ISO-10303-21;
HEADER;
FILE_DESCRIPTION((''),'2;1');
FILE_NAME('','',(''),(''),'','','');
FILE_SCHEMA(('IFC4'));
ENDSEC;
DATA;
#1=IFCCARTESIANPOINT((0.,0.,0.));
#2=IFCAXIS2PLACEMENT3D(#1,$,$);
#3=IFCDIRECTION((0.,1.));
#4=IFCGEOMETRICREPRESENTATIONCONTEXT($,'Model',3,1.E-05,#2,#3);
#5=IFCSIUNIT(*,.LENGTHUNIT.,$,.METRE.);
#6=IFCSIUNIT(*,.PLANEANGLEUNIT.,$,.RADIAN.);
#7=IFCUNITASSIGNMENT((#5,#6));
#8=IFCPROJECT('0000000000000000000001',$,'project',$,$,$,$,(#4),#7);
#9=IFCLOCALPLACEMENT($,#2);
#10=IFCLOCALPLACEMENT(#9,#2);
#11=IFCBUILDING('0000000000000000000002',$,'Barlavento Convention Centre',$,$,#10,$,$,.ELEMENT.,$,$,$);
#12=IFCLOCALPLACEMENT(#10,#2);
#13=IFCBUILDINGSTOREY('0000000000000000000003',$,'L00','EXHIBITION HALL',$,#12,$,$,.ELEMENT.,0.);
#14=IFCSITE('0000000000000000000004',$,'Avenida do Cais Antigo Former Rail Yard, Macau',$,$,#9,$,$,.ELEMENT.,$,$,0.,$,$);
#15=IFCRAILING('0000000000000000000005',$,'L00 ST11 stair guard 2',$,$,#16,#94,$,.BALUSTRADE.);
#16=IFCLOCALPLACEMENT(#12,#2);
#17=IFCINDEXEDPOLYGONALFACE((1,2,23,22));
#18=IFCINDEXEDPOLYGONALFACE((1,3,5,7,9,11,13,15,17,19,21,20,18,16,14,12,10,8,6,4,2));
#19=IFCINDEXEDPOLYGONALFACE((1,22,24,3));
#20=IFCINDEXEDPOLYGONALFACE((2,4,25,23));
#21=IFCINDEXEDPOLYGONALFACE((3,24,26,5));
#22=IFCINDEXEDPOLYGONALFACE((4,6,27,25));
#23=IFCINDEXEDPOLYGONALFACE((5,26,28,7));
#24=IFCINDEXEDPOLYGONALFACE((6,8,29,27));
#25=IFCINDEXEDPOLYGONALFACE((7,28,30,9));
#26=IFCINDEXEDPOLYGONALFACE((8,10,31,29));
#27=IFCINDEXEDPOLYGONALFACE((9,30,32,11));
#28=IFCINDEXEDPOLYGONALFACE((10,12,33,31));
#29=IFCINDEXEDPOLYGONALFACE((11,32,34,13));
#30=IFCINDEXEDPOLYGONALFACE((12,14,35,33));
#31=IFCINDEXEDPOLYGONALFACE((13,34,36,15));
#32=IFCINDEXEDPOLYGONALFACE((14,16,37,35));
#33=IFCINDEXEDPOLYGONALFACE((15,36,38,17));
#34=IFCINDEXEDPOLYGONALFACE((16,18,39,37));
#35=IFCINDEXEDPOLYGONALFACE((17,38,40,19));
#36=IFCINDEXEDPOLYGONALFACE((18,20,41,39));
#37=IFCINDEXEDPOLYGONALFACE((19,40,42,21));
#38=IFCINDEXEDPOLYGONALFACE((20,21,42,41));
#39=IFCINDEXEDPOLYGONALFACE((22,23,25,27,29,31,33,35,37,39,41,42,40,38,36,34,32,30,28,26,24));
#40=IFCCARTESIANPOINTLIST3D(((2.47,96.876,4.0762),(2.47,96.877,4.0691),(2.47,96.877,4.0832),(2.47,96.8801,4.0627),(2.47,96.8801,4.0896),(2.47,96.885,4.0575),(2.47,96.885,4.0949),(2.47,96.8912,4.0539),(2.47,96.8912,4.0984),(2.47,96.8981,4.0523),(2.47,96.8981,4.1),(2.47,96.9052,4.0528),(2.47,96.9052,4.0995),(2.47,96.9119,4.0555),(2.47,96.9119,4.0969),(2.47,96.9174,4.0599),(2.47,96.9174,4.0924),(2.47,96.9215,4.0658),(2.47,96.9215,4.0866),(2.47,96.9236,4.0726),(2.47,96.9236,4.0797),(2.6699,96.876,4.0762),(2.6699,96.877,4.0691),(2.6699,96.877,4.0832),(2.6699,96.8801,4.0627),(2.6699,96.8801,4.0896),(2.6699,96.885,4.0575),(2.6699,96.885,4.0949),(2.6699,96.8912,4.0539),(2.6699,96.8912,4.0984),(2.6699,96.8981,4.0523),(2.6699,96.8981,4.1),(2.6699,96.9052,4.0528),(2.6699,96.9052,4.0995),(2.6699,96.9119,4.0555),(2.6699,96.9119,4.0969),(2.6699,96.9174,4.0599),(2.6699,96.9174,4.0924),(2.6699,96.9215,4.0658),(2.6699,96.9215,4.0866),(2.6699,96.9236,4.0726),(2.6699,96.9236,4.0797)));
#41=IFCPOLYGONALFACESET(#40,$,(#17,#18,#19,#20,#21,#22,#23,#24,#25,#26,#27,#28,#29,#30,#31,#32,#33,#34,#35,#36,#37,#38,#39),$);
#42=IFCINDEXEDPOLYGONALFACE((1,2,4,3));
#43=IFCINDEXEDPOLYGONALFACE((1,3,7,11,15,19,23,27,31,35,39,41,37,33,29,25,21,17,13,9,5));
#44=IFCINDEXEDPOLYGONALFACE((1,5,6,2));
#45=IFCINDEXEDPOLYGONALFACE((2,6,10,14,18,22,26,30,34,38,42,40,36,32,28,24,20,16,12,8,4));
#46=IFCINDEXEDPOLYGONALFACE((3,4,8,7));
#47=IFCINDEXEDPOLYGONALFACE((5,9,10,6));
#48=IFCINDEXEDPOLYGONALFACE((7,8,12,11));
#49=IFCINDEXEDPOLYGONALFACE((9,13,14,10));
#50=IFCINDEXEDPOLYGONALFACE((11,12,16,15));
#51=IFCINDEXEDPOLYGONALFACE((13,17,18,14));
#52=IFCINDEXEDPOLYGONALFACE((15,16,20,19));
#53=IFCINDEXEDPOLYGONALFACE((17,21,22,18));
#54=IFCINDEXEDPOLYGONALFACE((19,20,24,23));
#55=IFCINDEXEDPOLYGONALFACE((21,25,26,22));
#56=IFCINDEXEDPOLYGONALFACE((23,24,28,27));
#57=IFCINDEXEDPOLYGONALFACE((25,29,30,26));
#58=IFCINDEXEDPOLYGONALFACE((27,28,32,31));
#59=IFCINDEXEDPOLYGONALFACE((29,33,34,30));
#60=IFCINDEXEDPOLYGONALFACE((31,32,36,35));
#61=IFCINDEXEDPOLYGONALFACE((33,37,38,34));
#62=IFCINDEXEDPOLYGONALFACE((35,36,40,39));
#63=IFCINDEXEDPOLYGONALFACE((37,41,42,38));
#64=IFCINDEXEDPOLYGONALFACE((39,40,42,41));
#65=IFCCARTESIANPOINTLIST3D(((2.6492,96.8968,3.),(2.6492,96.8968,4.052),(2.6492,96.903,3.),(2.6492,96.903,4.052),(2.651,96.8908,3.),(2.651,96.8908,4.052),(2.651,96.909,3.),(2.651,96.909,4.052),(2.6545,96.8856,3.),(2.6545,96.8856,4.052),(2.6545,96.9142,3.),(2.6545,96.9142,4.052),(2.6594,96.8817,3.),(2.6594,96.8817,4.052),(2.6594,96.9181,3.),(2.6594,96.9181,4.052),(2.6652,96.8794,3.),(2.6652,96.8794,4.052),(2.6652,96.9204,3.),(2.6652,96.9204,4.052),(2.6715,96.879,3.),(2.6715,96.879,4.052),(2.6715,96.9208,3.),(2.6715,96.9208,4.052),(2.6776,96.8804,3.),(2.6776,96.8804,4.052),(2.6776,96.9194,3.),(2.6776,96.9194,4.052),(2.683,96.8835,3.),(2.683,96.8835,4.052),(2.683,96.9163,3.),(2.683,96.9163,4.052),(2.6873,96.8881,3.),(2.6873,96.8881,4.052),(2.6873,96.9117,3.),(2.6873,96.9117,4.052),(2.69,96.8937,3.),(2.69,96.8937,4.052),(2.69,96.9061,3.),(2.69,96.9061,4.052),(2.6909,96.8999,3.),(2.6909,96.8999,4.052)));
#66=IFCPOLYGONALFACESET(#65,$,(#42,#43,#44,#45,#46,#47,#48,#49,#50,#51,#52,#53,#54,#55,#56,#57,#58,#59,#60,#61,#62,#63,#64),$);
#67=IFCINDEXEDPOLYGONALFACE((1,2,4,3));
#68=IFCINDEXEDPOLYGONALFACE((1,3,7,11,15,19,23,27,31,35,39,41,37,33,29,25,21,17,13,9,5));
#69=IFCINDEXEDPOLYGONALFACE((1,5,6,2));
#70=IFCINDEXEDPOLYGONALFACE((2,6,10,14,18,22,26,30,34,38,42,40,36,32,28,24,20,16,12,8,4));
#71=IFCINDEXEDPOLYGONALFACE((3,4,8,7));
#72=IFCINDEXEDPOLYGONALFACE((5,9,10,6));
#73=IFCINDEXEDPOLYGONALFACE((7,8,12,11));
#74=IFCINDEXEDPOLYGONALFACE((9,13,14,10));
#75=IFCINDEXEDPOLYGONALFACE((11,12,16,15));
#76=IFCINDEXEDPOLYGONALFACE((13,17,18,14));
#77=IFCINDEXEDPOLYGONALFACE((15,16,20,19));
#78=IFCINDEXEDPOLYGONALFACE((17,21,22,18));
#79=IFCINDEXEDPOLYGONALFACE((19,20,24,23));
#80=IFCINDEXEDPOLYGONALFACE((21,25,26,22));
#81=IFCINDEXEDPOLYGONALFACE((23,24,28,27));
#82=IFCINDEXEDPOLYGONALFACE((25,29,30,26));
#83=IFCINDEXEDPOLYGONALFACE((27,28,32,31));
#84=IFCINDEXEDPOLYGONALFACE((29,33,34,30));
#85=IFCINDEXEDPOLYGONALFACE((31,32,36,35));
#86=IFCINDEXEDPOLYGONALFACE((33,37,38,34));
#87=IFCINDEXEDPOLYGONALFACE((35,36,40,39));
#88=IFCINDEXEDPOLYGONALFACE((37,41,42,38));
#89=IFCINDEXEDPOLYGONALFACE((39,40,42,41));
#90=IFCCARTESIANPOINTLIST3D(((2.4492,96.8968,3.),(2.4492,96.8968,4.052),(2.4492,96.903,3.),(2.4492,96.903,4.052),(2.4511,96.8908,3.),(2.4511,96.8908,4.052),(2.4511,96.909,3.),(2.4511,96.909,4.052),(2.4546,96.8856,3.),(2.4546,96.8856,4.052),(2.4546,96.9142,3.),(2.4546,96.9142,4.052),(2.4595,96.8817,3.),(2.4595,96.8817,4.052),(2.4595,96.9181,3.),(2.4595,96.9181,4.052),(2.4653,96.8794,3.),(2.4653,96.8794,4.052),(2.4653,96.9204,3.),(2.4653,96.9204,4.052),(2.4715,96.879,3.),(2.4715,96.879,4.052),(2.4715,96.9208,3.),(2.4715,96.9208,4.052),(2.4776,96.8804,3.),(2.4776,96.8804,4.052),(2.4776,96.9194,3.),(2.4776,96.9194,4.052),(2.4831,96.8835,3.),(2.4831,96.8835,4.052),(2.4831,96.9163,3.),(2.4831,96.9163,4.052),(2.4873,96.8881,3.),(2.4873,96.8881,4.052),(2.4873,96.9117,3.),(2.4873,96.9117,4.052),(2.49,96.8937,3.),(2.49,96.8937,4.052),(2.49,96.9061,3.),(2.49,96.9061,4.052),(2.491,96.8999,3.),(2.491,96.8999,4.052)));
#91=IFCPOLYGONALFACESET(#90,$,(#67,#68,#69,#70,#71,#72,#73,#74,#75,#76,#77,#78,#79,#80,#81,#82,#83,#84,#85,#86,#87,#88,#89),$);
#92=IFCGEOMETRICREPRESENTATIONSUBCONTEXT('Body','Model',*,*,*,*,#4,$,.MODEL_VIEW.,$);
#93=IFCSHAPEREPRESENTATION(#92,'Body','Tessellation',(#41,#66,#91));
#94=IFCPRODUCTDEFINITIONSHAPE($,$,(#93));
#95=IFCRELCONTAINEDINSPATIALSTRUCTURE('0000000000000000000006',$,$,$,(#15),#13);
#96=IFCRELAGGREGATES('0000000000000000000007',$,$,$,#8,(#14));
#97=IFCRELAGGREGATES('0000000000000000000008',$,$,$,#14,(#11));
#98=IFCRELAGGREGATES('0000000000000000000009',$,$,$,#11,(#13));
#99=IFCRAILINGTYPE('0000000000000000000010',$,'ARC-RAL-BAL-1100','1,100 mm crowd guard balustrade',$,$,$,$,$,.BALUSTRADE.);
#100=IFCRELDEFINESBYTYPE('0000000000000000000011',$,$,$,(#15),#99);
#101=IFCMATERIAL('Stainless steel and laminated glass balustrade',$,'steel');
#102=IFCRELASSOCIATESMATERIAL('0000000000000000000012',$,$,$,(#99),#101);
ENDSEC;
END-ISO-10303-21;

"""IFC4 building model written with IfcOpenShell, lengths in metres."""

from ifc_helpers import new_model, si_unit, direction, frame, origin, origin_2d, place, context, subcontext, project, spatial, circle, extrude, material, type_object, element, save


model = new_model("IFC4")

# Units and contexts
model_context = context("Model", 3, precision=1e-05, world=origin(), true_north=direction((0.0, 1.0)))
body_context = subcontext(model_context, "Body", "Model", "MODEL_VIEW")
ifc_project = project(units=[si_unit("LENGTHUNIT", "METRE"), si_unit("PLANEANGLEUNIT", "RADIAN")], contexts=[model_context])

# Site, building, storey
site_placement = place(None, origin())
site = spatial("IfcSite", under=ifc_project, at=site_placement, Name="Avenida do Cais Antigo Former Rail Yard, Macau", CompositionType="ELEMENT", RefElevation=0.0)
building_placement = place(site_placement, origin())
building = spatial("IfcBuilding", under=site, at=building_placement, Name="Barlavento Convention Centre", CompositionType="ELEMENT")
storey_placement = place(building_placement, origin())
storey = spatial("IfcBuildingStorey", under=building, at=storey_placement, Name="L00", Description="EXHIBITION HALL", CompositionType="ELEMENT", Elevation=0.0)

# Railing
ifc_material_1 = material(Name="Stainless steel and laminated glass balustrade", Category="steel")
railing_type_1 = type_object("IfcRailingType", Name="ARC-RAL-BAL-1100", Description="1,100 mm crowd guard balustrade", PredefinedType="BALUSTRADE", material=ifc_material_1)
railing_1_placement = place(storey_placement, frame((2.6699, 96.8999, 3.0)))
element("IfcRailing", 1, at=railing_1_placement, inside=storey, type_object=railing_type_1, Name="L00 ST11 stair guard 2", PredefinedType="BALUSTRADE", context=body_context, shape_type="SweptSolid", body=[
    extrude(circle(Radius=0.0239, at=origin_2d()), frame((0.0, 0.0, 1.0762), z_axis=(-1.0, 0.0, 0.0), x_axis=(0.0, -1.0, 0.0)), (0.0, 0.0, 1.0), 0.2),
    extrude(circle(Radius=0.021, at=origin_2d()), origin(), (0.0, 0.0, 1.0), 1.052),
    extrude(circle(Radius=0.021, at=origin_2d()), frame((-0.2, 0.0, 0.0)), (0.0, 0.0, 1.0), 1.052),
])

save(model, "model.ifc")
